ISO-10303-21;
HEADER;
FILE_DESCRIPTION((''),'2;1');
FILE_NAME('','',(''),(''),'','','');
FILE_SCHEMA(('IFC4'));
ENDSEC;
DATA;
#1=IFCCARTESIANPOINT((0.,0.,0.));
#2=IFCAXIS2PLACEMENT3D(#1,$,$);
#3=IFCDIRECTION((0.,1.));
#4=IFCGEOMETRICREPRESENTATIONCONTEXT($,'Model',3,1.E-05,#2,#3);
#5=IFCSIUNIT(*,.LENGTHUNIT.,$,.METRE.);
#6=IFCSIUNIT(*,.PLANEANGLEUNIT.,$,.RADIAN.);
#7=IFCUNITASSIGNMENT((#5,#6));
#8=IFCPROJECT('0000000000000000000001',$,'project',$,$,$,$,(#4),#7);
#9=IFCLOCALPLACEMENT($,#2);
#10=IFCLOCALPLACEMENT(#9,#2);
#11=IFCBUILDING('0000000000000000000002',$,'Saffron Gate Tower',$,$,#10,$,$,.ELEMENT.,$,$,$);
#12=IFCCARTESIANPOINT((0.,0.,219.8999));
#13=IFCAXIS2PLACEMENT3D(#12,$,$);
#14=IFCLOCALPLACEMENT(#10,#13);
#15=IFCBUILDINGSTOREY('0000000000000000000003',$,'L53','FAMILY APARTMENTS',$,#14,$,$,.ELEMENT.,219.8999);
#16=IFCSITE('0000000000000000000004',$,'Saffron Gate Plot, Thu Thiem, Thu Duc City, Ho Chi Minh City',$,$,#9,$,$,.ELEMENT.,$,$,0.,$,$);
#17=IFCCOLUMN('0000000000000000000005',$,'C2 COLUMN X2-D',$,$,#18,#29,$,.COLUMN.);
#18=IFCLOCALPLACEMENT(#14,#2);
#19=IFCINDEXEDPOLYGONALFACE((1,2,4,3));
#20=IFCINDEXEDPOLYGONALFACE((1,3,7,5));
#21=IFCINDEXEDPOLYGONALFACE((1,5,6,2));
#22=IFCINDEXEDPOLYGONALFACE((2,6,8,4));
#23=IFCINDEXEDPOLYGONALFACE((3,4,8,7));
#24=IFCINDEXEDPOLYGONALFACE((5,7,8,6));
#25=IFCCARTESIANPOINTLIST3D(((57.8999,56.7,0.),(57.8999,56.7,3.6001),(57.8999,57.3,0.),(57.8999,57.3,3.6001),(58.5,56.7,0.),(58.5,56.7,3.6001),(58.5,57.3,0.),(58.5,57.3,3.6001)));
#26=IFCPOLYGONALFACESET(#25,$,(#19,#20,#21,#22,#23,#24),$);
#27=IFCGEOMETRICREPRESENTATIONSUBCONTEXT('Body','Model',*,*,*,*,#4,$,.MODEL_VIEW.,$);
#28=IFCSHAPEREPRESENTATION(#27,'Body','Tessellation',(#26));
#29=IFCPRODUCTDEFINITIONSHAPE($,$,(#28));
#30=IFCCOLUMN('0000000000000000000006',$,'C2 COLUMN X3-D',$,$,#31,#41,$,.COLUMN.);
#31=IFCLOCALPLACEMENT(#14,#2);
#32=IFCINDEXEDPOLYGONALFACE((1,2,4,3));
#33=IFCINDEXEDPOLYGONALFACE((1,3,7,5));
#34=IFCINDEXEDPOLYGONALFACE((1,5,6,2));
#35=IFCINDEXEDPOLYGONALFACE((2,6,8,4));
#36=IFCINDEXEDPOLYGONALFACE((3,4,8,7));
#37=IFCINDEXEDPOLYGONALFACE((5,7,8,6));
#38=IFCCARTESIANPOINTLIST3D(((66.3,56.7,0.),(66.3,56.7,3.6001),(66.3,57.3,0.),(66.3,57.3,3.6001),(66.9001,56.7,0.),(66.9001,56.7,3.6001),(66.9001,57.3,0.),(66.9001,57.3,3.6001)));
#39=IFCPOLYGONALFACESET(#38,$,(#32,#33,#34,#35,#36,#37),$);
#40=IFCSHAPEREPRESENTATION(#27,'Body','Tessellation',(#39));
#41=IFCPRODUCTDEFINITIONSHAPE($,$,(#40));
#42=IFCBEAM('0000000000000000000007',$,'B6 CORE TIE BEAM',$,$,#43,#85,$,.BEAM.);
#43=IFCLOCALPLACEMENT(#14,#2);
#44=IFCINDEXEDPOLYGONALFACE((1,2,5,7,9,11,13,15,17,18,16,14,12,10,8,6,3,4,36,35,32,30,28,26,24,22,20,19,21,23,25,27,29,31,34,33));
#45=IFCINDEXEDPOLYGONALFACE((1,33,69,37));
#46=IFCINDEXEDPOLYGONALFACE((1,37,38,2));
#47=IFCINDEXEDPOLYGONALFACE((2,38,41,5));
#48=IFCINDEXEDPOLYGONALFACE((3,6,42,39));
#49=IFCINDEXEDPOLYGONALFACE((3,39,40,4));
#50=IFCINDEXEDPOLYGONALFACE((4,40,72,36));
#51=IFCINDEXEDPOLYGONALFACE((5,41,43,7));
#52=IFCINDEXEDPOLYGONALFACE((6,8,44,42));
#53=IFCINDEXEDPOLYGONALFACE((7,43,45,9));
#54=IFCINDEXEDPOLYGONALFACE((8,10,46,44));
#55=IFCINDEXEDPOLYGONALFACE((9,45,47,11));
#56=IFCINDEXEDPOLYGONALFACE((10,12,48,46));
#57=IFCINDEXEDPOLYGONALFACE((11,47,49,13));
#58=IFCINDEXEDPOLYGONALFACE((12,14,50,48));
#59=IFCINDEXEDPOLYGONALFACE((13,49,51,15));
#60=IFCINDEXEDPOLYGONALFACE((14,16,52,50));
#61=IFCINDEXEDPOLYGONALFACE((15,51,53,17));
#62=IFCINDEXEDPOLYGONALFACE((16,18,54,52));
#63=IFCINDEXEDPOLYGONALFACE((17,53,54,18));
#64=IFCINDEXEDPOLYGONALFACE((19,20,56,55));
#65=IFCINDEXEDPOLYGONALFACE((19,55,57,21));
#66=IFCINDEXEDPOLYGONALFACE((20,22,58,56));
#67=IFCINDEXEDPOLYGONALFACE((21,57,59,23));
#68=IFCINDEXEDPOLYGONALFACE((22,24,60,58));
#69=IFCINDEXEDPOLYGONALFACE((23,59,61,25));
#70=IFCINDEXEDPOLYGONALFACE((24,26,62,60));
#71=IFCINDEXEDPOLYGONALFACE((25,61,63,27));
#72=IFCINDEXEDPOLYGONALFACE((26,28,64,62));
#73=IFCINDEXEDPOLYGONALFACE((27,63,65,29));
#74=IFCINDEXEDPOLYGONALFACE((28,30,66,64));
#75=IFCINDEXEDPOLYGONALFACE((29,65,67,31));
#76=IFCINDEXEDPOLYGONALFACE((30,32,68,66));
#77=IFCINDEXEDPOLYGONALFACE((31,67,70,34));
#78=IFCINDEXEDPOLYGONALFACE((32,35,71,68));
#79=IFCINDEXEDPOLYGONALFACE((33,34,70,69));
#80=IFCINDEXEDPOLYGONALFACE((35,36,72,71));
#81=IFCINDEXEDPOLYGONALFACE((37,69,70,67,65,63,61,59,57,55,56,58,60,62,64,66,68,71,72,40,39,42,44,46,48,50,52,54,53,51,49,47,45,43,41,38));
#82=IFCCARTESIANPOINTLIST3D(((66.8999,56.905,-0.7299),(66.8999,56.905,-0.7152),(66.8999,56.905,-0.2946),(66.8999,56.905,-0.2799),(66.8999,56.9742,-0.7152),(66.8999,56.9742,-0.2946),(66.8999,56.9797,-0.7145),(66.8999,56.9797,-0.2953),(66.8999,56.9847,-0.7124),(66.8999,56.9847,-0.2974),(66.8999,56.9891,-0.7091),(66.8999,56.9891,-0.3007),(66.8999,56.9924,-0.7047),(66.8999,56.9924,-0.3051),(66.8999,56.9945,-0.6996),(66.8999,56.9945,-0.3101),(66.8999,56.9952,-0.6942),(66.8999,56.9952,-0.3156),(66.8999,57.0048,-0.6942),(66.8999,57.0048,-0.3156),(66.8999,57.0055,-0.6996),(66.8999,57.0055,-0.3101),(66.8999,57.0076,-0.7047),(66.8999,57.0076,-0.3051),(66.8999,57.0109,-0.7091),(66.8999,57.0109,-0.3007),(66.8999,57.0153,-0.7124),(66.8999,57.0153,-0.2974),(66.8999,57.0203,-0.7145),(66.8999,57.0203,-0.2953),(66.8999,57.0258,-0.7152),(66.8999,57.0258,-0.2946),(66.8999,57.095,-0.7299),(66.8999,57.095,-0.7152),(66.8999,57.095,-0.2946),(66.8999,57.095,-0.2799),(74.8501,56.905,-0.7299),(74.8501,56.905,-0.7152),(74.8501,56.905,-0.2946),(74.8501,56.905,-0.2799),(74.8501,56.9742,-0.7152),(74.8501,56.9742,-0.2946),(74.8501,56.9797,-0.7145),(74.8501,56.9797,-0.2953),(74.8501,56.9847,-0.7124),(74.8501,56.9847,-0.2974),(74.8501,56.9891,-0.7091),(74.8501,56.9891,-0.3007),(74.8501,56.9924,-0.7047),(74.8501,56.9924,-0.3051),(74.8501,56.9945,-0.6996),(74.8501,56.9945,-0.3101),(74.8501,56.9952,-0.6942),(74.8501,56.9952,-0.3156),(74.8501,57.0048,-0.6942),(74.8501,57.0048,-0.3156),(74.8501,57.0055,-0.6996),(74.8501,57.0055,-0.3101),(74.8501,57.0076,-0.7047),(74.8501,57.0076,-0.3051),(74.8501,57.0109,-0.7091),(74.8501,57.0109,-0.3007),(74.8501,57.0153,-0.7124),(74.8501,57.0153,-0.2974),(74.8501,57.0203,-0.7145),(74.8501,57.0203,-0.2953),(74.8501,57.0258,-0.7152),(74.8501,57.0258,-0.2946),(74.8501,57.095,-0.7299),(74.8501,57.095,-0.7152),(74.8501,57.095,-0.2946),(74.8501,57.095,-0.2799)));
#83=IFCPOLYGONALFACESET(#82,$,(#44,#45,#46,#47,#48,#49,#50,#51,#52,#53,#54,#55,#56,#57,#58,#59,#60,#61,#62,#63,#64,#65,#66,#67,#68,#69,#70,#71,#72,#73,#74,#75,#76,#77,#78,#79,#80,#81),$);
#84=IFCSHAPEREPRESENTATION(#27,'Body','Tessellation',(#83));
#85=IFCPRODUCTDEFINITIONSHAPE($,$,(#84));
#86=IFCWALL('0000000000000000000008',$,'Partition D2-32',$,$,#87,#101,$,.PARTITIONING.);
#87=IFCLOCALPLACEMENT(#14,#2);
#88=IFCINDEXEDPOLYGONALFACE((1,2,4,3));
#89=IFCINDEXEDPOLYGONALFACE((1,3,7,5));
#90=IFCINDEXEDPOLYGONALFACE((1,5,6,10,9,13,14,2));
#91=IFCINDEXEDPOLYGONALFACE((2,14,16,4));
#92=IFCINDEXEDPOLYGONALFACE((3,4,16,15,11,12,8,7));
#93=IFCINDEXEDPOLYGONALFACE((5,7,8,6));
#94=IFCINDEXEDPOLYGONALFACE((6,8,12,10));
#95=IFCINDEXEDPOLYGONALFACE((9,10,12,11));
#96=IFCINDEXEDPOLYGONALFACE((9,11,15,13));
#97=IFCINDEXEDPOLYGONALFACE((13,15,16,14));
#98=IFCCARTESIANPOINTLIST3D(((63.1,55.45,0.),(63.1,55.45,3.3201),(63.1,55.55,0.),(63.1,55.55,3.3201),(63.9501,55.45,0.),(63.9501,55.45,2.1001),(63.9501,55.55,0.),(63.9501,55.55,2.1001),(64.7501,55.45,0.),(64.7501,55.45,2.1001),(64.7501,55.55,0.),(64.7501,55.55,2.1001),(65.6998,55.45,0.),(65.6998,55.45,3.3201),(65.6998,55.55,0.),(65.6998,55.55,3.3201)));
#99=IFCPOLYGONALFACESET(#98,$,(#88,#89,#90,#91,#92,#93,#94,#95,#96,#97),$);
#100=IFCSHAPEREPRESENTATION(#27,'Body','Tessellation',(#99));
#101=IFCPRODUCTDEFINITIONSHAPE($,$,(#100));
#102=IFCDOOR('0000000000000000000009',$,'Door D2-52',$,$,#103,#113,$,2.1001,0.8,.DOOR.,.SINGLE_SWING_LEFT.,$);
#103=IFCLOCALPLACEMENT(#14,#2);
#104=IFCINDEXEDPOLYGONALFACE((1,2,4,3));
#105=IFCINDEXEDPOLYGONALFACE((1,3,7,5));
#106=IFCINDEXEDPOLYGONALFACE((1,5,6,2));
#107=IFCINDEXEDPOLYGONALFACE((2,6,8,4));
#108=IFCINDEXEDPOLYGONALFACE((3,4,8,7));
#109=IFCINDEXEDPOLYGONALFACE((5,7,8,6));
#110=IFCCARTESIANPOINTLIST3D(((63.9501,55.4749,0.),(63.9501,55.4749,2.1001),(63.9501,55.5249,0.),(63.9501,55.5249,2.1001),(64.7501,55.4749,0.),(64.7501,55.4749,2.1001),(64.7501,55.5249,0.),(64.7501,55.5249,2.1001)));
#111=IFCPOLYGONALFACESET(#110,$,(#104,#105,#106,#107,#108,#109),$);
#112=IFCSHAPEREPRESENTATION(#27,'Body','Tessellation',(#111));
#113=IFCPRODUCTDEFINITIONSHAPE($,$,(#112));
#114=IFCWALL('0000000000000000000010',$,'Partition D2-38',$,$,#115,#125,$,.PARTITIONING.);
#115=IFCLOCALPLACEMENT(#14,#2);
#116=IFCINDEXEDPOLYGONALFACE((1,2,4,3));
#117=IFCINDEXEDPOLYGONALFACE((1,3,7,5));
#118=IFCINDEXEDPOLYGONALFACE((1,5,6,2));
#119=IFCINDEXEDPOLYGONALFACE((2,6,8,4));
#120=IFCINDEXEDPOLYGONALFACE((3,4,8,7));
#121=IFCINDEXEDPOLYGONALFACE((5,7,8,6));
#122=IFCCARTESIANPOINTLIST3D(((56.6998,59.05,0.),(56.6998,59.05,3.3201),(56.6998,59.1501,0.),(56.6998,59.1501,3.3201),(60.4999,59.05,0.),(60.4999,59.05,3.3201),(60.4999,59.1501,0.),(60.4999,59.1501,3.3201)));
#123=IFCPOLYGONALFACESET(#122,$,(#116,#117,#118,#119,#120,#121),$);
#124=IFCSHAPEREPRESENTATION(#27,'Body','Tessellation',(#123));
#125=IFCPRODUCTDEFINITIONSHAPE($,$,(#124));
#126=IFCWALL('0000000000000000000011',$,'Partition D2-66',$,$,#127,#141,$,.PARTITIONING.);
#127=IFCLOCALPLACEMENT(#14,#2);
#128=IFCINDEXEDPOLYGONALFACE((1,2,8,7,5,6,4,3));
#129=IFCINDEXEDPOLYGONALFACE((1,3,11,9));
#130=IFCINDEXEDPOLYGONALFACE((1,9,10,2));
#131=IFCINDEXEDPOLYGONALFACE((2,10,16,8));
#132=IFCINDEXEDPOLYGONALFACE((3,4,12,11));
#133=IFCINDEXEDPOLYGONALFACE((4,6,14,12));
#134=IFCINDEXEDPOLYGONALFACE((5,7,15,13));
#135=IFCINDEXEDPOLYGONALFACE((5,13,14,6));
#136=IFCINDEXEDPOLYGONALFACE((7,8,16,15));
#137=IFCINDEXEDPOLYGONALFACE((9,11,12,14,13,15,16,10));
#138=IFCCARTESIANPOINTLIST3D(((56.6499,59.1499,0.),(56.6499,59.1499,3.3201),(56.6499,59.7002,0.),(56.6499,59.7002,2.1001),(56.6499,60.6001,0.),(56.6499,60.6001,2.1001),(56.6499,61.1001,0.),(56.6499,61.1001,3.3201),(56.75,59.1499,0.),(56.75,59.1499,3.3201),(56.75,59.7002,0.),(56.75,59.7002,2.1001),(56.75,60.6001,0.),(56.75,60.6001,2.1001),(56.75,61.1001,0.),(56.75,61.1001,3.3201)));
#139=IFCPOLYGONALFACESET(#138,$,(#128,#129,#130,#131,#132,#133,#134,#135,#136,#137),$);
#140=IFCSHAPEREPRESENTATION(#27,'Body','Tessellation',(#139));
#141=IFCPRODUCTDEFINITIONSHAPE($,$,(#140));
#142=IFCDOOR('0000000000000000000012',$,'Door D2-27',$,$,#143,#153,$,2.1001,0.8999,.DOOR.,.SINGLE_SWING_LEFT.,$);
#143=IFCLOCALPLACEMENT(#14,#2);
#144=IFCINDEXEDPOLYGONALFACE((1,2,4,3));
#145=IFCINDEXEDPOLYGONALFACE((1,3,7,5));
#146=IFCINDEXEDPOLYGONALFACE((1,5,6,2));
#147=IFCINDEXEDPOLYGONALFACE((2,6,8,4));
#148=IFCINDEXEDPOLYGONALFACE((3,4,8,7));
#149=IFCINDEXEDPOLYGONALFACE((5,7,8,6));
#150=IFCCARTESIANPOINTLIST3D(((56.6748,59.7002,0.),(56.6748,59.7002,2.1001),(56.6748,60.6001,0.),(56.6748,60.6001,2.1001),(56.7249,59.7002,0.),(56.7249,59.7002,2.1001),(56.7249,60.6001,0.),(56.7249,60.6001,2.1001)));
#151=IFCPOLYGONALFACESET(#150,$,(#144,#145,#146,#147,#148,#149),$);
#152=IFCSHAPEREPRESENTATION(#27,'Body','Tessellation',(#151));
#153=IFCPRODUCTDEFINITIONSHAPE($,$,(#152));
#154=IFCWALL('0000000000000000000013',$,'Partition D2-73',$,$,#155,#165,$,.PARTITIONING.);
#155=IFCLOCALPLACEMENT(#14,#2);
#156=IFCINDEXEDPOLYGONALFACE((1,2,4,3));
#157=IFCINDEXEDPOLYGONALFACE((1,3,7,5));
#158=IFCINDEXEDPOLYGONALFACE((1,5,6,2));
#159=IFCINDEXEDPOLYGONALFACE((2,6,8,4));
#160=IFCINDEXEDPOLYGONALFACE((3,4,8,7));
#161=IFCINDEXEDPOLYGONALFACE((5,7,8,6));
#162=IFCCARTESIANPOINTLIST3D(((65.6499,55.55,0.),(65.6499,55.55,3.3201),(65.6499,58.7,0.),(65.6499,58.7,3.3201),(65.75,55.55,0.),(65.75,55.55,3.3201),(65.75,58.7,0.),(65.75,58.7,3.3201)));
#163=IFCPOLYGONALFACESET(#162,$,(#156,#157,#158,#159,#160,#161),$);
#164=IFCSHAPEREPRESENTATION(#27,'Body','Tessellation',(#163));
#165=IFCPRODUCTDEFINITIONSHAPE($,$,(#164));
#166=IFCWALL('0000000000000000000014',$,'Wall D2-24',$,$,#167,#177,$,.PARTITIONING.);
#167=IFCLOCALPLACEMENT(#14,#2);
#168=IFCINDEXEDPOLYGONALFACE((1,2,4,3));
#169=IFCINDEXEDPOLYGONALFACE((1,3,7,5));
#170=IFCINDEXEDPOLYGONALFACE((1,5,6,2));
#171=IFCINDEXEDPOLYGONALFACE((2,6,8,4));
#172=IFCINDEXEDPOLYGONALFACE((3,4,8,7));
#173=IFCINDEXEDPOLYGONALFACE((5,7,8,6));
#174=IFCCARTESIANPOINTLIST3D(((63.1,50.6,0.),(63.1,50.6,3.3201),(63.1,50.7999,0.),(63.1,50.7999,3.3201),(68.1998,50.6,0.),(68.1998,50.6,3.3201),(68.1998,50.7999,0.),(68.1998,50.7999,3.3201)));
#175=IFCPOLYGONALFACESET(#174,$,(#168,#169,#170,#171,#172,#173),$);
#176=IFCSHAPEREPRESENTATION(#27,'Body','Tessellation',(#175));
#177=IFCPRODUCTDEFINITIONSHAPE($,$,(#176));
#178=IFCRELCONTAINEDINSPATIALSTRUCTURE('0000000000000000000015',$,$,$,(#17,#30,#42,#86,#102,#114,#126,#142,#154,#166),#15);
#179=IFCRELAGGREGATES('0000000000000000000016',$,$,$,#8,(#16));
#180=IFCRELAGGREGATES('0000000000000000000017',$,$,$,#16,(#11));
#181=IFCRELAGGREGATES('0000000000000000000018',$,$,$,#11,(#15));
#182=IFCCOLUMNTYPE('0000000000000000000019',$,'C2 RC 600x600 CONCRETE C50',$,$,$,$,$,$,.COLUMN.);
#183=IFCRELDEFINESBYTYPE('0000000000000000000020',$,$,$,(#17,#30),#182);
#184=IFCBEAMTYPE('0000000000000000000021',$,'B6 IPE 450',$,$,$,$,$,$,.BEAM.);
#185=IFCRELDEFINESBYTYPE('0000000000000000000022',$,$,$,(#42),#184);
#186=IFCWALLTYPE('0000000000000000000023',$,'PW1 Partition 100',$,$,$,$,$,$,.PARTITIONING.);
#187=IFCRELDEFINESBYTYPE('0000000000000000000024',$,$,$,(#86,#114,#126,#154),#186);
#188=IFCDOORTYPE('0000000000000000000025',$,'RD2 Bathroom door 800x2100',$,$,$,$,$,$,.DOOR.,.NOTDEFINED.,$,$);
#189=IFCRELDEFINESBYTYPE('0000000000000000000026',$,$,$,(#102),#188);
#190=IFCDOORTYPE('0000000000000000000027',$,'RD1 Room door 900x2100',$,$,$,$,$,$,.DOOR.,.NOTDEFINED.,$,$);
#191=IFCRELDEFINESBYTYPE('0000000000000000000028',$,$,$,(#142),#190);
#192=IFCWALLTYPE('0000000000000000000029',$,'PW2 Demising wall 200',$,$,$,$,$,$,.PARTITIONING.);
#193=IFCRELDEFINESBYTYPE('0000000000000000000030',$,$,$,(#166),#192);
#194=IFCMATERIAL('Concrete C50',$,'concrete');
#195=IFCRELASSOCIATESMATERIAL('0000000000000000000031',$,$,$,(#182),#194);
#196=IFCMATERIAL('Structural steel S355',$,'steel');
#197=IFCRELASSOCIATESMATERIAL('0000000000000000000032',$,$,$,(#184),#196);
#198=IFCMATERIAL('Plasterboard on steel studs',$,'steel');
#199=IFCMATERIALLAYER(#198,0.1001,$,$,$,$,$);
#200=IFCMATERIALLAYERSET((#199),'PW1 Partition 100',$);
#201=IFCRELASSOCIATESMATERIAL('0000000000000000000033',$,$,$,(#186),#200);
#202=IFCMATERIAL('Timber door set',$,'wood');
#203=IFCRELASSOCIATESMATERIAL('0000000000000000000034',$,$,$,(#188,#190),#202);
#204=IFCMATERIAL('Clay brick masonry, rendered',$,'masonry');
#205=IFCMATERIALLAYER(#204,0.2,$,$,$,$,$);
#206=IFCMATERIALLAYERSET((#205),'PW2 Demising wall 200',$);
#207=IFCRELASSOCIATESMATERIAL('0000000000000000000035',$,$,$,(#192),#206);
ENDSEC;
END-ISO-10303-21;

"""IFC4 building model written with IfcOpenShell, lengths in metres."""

from ifc_helpers import new_model, si_unit, direction, frame, frame_2d, origin, origin_2d, place, context, subcontext, project, spatial, rectangle, i_section, extrude, material, layer, layer_set, material_profile, profile_set, type_object, element, fill, save


model = new_model("IFC4")

# Units and contexts
model_context = context("Model", 3, precision=1e-05, world=origin(), true_north=direction((0.0, 1.0)))
body_context = subcontext(model_context, "Body", "Model", "MODEL_VIEW")
ifc_project = project(units=[si_unit("LENGTHUNIT", "METRE"), si_unit("PLANEANGLEUNIT", "RADIAN")], contexts=[model_context])

# Site, building, storey
site_placement = place(None, origin())
site = spatial("IfcSite", under=ifc_project, at=site_placement, Name="Saffron Gate Plot, Thu Thiem, Thu Duc City, Ho Chi Minh City", CompositionType="ELEMENT", RefElevation=0.0)
building_placement = place(site_placement, origin())
building = spatial("IfcBuilding", under=site, at=building_placement, Name="Saffron Gate Tower", CompositionType="ELEMENT")
storey_placement = place(building_placement, frame((0.0, 0.0, 219.8999)))
storey = spatial("IfcBuildingStorey", under=building, at=storey_placement, Name="L53", Description="FAMILY APARTMENTS", CompositionType="ELEMENT", Elevation=219.8999)

# Columns
ifc_material_1 = material(Name="Concrete C50", Category="concrete")
ifc_material_profile_1 = material_profile(ifc_material_1, rectangle(XDim=0.6001, YDim=0.6001, at=origin_2d()))
ifc_profile_set_1 = profile_set([ifc_material_profile_1], Name="Concrete C50")
column_type = type_object("IfcColumnType", Name="C2 RC 600x600 CONCRETE C50", PredefinedType="COLUMN", material=ifc_profile_set_1)
for number, where, z_axis, x_axis, name in (
    (1, (58.2, 57.0, 0.0), (0.0, 0.0, 1.0), (1.0, 0.0, 0.0), "C2 COLUMN X2-D"),
    (2, (66.6001, 57.0, 0.0), (0.0, 0.0, 1.0), (1.0, 0.0, 0.0), "C2 COLUMN X3-D"),
):
    element("IfcColumn", number, at=place(storey_placement, frame(where, z_axis=z_axis, x_axis=x_axis)), inside=storey, type_object=column_type, Name=name, PredefinedType="COLUMN", context=body_context, shape_type="SweptSolid", body=[
        extrude(rectangle(XDim=0.6001, YDim=0.6001, at=origin_2d()), origin(), (0.0, 0.0, 1.0), 3.6001),
    ])

# Beam
ifc_material_2 = material(Name="Structural steel S355", Category="steel")
ifc_material_profile_2 = material_profile(ifc_material_2, i_section(OverallWidth=0.1899, OverallDepth=0.45, WebThickness=0.0095, FlangeThickness=0.0146, FilletRadius=0.021, at=origin_2d()))
ifc_profile_set_2 = profile_set([ifc_material_profile_2], Name="Structural steel S355")
beam_type = type_object("IfcBeamType", Name="B6 IPE 450", PredefinedType="BEAM", material=ifc_profile_set_2)
beam_placement = place(storey_placement, frame((66.8999, 57.0, -0.5049), z_axis=(1.0, 0.0, 0.0), x_axis=(0.0, 1.0, 0.0)))
element("IfcBeam", 3, at=beam_placement, inside=storey, type_object=beam_type, Name="B6 CORE TIE BEAM", PredefinedType="BEAM", context=body_context, shape_type="SweptSolid", body=[
    extrude(i_section(OverallWidth=0.1899, OverallDepth=0.45, WebThickness=0.0095, FlangeThickness=0.0146, FilletRadius=0.021, at=origin_2d()), origin(), (0.0, 0.0, 1.0), 7.9502),
])

# Wall, opening, door
ifc_material_3 = material(Name="Plasterboard on steel studs", Category="steel")
ifc_layer_1 = layer(ifc_material_3, 0.1001)
ifc_layer_set_1 = layer_set([ifc_layer_1], Name="PW1 Partition 100")
wall_type_1 = type_object("IfcWallType", Name="PW1 Partition 100", PredefinedType="PARTITIONING", material=ifc_layer_set_1)
wall_1_placement = place(storey_placement, frame((63.1001, 55.5, 0.0), z_axis=(0.0, 0.0, 1.0), x_axis=(1.0, 0.0, 0.0)))
wall_1 = element("IfcWall", 4, at=wall_1_placement, inside=storey, type_object=wall_type_1, Name="Partition D2-32", PredefinedType="PARTITIONING", context=body_context, shape_type="SweptSolid", body=[
    extrude(rectangle(XDim=2.5999, YDim=0.1001, at=frame_2d((1.2998, 0.0))), origin(), (0.0, 0.0, 1.0), 3.3201),
])
opening_1_placement = place(wall_1_placement, frame((0.8501, 0.0, 0.0)))
opening_1 = element("IfcOpeningElement", 5, at=opening_1_placement, cuts=wall_1, PredefinedType="OPENING", context=body_context, shape_type="SweptSolid", body=[
    extrude(rectangle(XDim=0.8, YDim=2.1001, at=frame_2d((0.3999, 1.05))), frame((0.0, 0.0601, 0.0), z_axis=(0.0, -1.0, 0.0), x_axis=(1.0, 0.0, 0.0)), (0.0, 0.0, 1.0), 0.1201),
])
ifc_material_4 = material(Name="Timber door set", Category="wood")
door_type_1 = type_object("IfcDoorType", Name="RD2 Bathroom door 800x2100", OperationType="NOTDEFINED", PredefinedType="DOOR", material=ifc_material_4)
door_1_placement = place(opening_1_placement, origin())
door_1 = element("IfcDoor", 6, at=door_1_placement, inside=storey, type_object=door_type_1, Name="Door D2-52", OperationType="SINGLE_SWING_LEFT", OverallHeight=2.1001, OverallWidth=0.8, PredefinedType="DOOR", context=body_context, shape_type="SweptSolid", body=[
    extrude(rectangle(XDim=0.8, YDim=2.1001, at=frame_2d((0.3999, 1.05))), frame((0.0, 0.0249, 0.0), z_axis=(0.0, -1.0, 0.0), x_axis=(1.0, 0.0, 0.0)), (0.0, 0.0, 1.0), 0.05),
])
fill(opening_1, door_1)

# Wall
wall_2_placement = place(storey_placement, frame((56.7, 59.1001, 0.0), z_axis=(0.0, 0.0, 1.0), x_axis=(1.0, 0.0, 0.0)))
element("IfcWall", 7, at=wall_2_placement, inside=storey, type_object=wall_type_1, Name="Partition D2-38", PredefinedType="PARTITIONING", context=body_context, shape_type="SweptSolid", body=[
    extrude(rectangle(XDim=3.8, YDim=0.1001, at=frame_2d((1.8999, 0.0))), origin(), (0.0, 0.0, 1.0), 3.3201),
])

# Wall, opening, door
wall_3_placement = place(storey_placement, frame((56.7, 61.1001, 0.0), z_axis=(0.0, 0.0, 1.0), x_axis=(0.0, -1.0, 0.0)))
wall_3 = element("IfcWall", 8, at=wall_3_placement, inside=storey, type_object=wall_type_1, Name="Partition D2-66", PredefinedType="PARTITIONING", context=body_context, shape_type="SweptSolid", body=[
    extrude(rectangle(XDim=1.9502, YDim=0.1001, at=frame_2d((0.9751, 0.0))), origin(), (0.0, 0.0, 1.0), 3.3201),
])
opening_2_placement = place(wall_3_placement, frame((0.5, 0.0, 0.0)))
opening_2 = element("IfcOpeningElement", 9, at=opening_2_placement, cuts=wall_3, PredefinedType="OPENING", context=body_context, shape_type="SweptSolid", body=[
    extrude(rectangle(XDim=0.8999, YDim=2.1001, at=frame_2d((0.45, 1.05))), frame((0.0, 0.0601, 0.0), z_axis=(0.0, -1.0, 0.0), x_axis=(1.0, 0.0, 0.0)), (0.0, 0.0, 1.0), 0.1201),
])
door_type_2 = type_object("IfcDoorType", Name="RD1 Room door 900x2100", OperationType="NOTDEFINED", PredefinedType="DOOR", material=ifc_material_4)
door_2_placement = place(opening_2_placement, origin())
door_2 = element("IfcDoor", 10, at=door_2_placement, inside=storey, type_object=door_type_2, Name="Door D2-27", OperationType="SINGLE_SWING_LEFT", OverallHeight=2.1001, OverallWidth=0.8999, PredefinedType="DOOR", context=body_context, shape_type="SweptSolid", body=[
    extrude(rectangle(XDim=0.8999, YDim=2.1001, at=frame_2d((0.45, 1.05))), frame((0.0, 0.0249, 0.0), z_axis=(0.0, -1.0, 0.0), x_axis=(1.0, 0.0, 0.0)), (0.0, 0.0, 1.0), 0.05),
])
fill(opening_2, door_2)

# Walls
wall_4_placement = place(storey_placement, frame((65.7, 58.7, 0.0), z_axis=(0.0, 0.0, 1.0), x_axis=(0.0, -1.0, 0.0)))
element("IfcWall", 11, at=wall_4_placement, inside=storey, type_object=wall_type_1, Name="Partition D2-73", PredefinedType="PARTITIONING", context=body_context, shape_type="SweptSolid", body=[
    extrude(rectangle(XDim=3.1499, YDim=0.1001, at=frame_2d((1.575, 0.0))), origin(), (0.0, 0.0, 1.0), 3.3201),
])
ifc_material_5 = material(Name="Clay brick masonry, rendered", Category="masonry")
ifc_layer_2 = layer(ifc_material_5, 0.2)
ifc_layer_set_2 = layer_set([ifc_layer_2], Name="PW2 Demising wall 200")
wall_type_2 = type_object("IfcWallType", Name="PW2 Demising wall 200", PredefinedType="PARTITIONING", material=ifc_layer_set_2)
wall_5_placement = place(storey_placement, frame((63.1001, 50.7, 0.0), z_axis=(0.0, 0.0, 1.0), x_axis=(1.0, 0.0, 0.0)))
element("IfcWall", 12, at=wall_5_placement, inside=storey, type_object=wall_type_2, Name="Wall D2-24", PredefinedType="PARTITIONING", context=body_context, shape_type="SweptSolid", body=[
    extrude(rectangle(XDim=5.0999, YDim=0.2, at=frame_2d((2.5498, 0.0))), origin(), (0.0, 0.0, 1.0), 3.3201),
])

save(model, "model.ifc")
